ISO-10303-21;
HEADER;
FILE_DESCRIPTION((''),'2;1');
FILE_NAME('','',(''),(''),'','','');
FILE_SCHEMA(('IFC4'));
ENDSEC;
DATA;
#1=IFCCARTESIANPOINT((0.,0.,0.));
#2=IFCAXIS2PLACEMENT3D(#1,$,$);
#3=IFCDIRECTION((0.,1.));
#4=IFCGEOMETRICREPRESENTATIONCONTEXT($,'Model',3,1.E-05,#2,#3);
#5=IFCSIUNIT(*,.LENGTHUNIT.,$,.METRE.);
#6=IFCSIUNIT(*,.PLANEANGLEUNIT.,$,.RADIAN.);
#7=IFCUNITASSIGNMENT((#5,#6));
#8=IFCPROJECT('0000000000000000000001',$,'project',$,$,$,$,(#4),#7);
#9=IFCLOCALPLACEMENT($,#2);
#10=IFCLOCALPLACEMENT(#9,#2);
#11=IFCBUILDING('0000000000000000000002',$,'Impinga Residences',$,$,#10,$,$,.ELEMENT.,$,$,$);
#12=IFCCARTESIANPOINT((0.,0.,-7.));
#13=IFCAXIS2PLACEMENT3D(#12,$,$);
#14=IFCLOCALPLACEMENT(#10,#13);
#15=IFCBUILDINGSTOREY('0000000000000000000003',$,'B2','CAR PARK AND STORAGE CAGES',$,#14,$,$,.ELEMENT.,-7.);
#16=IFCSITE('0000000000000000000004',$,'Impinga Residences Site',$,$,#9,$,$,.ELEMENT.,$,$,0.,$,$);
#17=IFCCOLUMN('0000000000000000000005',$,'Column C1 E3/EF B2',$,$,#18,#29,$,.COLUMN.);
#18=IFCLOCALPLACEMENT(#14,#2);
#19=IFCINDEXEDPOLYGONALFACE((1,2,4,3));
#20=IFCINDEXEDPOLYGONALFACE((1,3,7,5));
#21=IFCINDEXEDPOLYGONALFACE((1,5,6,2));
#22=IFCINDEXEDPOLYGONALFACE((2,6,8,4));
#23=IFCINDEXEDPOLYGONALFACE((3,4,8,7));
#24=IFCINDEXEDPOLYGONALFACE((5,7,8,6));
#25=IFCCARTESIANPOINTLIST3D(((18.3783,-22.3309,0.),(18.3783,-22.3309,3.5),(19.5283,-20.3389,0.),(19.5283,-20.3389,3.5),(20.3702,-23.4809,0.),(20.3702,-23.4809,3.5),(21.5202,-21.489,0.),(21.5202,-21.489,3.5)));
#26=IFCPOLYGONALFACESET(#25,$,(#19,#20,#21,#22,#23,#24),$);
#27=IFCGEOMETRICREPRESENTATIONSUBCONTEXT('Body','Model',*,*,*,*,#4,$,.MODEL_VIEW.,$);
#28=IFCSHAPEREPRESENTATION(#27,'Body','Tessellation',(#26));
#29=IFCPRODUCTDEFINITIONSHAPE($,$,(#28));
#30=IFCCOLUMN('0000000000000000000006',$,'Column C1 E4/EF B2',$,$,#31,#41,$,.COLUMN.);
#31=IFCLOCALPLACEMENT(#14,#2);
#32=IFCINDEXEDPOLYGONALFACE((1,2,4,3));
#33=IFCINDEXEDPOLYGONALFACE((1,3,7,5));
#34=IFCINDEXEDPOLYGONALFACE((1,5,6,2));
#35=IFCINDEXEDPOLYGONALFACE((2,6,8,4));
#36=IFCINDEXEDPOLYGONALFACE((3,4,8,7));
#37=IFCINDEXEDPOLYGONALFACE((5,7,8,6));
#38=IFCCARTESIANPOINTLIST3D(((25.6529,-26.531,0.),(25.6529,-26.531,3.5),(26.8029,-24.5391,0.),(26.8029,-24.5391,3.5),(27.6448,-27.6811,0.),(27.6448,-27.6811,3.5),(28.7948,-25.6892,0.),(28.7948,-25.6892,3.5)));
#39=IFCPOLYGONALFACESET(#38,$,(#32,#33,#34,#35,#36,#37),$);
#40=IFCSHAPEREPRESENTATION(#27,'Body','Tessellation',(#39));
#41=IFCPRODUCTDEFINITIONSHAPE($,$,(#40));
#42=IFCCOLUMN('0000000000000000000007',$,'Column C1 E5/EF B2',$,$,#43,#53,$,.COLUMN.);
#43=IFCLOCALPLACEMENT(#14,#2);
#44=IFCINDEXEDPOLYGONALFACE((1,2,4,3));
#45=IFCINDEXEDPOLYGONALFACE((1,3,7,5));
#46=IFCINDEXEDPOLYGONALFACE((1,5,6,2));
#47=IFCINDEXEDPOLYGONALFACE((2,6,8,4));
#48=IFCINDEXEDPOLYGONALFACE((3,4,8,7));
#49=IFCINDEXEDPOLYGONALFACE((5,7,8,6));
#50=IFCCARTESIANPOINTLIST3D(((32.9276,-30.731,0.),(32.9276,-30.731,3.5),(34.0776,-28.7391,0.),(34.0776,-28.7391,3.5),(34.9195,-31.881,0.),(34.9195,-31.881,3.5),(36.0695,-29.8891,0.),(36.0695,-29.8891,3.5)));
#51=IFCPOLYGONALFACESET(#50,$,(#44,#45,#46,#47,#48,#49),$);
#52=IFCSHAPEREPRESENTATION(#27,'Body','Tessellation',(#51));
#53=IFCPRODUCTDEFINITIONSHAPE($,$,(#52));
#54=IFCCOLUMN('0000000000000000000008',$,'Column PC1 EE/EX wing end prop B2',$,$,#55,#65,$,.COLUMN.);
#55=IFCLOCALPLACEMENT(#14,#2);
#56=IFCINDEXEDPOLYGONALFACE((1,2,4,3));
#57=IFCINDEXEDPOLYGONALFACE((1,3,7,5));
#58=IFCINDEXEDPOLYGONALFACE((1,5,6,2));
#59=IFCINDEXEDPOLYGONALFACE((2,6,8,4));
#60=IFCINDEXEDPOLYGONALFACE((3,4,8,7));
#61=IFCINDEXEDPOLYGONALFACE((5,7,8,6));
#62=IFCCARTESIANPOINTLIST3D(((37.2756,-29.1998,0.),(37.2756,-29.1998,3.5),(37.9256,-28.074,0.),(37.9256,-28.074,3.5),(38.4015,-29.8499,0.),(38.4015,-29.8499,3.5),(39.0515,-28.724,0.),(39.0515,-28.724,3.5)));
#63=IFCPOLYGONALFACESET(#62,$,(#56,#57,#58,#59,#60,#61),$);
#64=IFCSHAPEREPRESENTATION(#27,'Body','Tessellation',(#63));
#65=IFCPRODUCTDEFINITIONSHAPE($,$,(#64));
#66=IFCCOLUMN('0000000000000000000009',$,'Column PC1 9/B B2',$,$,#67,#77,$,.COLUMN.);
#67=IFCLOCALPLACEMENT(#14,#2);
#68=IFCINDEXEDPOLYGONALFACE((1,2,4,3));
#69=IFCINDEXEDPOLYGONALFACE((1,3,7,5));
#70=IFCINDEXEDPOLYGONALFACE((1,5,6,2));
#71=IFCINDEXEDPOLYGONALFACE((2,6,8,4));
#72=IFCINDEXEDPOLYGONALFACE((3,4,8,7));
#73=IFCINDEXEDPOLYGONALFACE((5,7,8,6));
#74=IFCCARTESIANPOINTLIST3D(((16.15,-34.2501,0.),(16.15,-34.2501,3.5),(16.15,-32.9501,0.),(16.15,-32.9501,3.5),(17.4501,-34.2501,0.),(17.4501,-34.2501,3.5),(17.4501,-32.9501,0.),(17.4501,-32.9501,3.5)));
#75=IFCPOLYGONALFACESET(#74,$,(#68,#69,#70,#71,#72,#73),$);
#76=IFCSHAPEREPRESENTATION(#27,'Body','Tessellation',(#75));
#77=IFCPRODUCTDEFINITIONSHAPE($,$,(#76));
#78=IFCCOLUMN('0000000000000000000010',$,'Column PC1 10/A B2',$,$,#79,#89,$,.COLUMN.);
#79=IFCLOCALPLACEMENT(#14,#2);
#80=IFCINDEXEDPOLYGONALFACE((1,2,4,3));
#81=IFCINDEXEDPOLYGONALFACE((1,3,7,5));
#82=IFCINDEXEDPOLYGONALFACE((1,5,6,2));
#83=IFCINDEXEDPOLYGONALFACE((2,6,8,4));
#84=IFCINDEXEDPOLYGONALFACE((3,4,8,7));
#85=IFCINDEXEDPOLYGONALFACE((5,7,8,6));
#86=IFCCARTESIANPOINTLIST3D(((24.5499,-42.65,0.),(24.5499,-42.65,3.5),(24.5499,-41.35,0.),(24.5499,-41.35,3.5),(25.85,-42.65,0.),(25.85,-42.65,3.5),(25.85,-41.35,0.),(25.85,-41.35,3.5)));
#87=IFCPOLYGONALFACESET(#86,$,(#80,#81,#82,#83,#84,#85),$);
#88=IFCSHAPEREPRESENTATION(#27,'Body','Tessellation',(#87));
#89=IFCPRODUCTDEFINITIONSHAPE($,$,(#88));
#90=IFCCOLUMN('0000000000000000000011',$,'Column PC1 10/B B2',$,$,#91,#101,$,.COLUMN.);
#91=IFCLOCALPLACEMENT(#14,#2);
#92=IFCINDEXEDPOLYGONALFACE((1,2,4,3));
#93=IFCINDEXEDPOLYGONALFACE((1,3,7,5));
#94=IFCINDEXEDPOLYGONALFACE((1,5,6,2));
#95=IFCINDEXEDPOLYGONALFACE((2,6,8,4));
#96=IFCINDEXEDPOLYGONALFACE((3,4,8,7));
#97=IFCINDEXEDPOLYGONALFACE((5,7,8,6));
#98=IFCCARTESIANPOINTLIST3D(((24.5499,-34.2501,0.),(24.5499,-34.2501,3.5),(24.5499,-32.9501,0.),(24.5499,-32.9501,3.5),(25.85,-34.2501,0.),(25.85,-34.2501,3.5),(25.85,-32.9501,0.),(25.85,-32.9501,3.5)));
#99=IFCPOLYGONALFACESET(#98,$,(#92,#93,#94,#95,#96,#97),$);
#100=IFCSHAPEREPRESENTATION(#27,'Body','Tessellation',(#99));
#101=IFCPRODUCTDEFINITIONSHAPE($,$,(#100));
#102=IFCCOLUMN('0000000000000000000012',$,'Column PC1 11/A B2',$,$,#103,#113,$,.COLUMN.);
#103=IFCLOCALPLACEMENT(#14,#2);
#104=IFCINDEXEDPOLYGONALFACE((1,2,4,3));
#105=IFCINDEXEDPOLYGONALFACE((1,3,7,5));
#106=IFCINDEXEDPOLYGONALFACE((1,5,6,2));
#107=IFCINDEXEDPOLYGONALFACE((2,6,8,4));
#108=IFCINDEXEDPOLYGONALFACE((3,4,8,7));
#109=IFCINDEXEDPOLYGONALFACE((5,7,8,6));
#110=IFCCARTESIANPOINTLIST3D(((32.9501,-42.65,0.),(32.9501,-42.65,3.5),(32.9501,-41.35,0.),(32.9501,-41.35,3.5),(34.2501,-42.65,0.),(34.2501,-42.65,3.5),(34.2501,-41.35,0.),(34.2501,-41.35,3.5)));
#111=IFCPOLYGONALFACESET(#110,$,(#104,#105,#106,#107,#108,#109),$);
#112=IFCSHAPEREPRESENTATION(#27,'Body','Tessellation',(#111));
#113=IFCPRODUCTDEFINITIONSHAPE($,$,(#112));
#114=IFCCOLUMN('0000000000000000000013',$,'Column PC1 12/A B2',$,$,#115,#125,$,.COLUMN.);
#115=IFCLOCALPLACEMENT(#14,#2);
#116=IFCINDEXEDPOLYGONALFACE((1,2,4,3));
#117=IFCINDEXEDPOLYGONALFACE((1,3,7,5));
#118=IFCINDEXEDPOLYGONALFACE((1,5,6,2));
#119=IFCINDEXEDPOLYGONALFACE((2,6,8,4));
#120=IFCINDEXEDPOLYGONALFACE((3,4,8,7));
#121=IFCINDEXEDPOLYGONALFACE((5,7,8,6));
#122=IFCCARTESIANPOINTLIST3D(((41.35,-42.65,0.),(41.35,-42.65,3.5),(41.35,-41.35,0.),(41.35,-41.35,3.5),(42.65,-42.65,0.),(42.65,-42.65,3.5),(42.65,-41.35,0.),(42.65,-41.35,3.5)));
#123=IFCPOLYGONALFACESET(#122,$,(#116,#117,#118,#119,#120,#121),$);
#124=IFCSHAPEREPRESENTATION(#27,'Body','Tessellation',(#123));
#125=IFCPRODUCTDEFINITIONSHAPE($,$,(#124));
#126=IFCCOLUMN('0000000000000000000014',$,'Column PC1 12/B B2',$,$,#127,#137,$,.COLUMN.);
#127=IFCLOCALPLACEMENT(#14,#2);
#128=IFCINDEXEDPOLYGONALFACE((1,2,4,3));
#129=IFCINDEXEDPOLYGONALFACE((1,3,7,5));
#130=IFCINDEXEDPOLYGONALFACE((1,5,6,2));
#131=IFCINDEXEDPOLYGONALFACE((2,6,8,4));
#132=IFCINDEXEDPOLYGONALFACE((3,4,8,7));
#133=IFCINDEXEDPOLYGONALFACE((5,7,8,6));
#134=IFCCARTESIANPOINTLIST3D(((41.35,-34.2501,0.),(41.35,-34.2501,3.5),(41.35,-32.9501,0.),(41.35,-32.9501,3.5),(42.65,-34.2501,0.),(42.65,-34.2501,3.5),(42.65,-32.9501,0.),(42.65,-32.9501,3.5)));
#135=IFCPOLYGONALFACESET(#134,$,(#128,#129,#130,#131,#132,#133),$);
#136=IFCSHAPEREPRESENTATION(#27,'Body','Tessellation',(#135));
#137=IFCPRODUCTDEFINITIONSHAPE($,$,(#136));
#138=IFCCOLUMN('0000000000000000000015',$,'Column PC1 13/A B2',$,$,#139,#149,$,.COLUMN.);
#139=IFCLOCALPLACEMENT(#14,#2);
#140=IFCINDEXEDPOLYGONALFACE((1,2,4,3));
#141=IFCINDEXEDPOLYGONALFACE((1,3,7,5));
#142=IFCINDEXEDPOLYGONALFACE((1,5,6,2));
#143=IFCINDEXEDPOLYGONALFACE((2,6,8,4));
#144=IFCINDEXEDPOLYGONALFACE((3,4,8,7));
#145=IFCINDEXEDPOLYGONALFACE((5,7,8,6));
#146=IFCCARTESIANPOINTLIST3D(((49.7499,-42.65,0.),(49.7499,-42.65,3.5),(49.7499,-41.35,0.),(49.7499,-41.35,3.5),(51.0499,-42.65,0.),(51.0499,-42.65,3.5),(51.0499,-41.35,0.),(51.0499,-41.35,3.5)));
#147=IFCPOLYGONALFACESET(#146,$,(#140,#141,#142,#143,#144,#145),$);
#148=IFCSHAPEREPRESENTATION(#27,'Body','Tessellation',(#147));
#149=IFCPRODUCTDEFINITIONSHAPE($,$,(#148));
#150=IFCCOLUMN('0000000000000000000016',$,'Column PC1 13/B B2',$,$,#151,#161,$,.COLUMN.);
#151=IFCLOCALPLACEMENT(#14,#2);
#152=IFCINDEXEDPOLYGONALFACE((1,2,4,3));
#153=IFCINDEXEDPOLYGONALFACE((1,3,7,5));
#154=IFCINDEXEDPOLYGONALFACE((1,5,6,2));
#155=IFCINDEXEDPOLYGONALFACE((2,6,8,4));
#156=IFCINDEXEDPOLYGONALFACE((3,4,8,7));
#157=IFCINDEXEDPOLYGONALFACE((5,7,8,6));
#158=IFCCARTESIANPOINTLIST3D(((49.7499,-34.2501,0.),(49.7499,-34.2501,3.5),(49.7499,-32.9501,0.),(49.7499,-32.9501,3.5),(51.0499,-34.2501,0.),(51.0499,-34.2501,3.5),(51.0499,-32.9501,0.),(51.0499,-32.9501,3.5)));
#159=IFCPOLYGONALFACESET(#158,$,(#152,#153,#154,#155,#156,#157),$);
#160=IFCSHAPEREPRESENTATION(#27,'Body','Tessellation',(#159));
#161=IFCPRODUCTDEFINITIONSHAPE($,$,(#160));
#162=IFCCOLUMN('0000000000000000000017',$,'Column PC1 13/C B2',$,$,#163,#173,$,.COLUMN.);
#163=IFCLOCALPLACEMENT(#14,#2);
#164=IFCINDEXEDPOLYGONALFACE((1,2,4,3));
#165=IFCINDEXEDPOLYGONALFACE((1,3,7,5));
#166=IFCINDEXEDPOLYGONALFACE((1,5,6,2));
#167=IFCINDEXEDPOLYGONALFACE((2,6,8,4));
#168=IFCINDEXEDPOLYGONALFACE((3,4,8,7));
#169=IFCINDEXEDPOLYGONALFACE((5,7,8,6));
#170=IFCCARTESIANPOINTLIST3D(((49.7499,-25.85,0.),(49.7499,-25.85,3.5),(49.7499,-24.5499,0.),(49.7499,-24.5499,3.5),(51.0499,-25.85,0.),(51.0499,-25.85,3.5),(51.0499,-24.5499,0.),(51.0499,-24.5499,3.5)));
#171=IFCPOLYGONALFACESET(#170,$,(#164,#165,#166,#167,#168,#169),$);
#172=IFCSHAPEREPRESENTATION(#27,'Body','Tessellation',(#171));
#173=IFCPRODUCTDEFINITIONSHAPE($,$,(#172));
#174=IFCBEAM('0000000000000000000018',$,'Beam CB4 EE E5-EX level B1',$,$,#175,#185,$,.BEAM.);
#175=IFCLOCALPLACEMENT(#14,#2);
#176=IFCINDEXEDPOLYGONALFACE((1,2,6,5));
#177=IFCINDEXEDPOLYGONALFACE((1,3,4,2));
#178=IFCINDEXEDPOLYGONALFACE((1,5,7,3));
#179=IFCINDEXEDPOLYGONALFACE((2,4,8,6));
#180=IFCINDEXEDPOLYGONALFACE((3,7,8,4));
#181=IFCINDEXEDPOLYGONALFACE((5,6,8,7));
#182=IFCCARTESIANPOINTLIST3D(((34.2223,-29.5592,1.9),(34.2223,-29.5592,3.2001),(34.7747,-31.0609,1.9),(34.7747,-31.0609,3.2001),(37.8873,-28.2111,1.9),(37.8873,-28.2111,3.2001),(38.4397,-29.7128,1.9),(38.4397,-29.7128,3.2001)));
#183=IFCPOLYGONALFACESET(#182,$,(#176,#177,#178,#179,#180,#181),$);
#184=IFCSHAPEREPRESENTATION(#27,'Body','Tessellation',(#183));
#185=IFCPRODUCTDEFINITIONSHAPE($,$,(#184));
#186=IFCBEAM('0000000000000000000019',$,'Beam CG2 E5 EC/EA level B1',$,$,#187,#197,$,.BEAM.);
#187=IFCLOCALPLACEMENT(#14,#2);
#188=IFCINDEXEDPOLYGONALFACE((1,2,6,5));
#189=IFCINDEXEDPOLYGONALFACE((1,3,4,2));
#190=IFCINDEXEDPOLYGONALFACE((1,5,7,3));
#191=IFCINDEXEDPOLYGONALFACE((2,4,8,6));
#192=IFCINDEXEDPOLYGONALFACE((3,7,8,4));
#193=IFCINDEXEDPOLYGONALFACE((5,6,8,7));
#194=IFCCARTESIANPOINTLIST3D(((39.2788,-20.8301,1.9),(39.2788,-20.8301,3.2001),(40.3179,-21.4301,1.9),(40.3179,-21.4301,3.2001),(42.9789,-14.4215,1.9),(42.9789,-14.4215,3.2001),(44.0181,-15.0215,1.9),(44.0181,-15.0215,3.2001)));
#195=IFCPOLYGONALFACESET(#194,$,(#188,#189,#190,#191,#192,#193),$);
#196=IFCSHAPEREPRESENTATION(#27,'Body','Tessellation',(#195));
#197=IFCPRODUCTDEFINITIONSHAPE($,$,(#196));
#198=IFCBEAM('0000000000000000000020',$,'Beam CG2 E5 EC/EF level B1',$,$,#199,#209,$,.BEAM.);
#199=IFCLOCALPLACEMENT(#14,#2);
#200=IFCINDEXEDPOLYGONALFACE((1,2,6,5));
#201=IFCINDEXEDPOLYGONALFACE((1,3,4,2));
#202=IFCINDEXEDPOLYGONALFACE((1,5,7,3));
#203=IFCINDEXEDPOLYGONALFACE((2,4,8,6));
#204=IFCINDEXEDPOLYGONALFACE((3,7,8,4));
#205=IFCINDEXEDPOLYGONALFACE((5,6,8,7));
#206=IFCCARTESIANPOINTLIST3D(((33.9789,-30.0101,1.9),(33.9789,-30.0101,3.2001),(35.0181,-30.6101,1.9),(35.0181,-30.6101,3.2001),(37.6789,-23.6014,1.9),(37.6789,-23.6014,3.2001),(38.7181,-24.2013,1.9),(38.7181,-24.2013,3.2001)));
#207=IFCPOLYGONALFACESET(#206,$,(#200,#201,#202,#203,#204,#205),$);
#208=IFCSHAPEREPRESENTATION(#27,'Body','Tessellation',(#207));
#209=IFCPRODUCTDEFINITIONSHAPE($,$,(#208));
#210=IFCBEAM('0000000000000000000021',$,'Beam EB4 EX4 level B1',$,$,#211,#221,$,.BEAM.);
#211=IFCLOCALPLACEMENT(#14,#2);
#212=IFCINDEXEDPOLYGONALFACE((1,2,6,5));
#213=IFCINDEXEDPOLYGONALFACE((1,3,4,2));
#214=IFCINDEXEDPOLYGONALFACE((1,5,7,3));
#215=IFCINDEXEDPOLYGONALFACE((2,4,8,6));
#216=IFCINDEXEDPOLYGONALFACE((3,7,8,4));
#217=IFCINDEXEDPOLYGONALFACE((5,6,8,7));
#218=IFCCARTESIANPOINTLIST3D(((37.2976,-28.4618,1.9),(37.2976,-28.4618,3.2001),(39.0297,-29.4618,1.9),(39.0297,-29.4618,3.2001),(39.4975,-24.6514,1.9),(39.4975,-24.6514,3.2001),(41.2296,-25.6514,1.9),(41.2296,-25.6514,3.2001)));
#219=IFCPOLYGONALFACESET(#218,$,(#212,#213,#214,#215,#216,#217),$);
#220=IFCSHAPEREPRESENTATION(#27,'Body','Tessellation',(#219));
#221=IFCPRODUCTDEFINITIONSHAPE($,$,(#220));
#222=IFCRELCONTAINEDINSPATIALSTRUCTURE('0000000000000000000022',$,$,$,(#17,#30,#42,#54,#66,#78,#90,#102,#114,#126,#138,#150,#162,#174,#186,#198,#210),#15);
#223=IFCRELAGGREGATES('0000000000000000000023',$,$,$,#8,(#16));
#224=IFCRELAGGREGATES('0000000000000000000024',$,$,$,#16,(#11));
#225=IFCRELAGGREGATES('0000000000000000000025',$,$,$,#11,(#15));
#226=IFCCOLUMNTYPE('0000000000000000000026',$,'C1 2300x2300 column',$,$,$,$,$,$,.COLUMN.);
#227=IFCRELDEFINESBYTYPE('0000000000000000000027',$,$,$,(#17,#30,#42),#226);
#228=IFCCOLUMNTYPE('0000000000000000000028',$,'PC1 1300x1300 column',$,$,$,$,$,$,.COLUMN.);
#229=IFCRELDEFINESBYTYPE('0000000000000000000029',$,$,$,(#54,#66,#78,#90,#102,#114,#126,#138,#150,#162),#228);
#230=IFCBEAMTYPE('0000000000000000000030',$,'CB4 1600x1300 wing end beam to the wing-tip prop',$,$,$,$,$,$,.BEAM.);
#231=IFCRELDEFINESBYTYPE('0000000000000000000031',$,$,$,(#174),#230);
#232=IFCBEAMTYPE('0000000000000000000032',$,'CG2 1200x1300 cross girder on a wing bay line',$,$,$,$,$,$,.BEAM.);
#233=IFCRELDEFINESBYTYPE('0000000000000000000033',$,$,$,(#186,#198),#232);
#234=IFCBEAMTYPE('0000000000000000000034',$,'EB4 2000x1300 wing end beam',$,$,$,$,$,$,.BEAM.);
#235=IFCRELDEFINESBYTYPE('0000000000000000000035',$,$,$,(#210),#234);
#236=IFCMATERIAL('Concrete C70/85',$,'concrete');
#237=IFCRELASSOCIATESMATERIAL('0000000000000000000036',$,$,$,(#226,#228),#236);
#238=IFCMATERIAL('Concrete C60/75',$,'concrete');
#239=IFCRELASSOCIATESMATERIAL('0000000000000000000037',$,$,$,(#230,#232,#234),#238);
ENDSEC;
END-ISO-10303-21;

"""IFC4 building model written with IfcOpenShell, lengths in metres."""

from ifc_helpers import new_model, si_unit, direction, frame, origin, origin_2d, place, context, subcontext, project, spatial, rectangle, extrude, material, material_profile, profile_set, type_object, element, save


model = new_model("IFC4")

# Units and contexts
model_context = context("Model", 3, precision=1e-05, world=origin(), true_north=direction((0.0, 1.0)))
body_context = subcontext(model_context, "Body", "Model", "MODEL_VIEW")
ifc_project = project(units=[si_unit("LENGTHUNIT", "METRE"), si_unit("PLANEANGLEUNIT", "RADIAN")], contexts=[model_context])

# Site, building, storey
site_placement = place(None, origin())
site = spatial("IfcSite", under=ifc_project, at=site_placement, Name="Impinga Residences Site", CompositionType="ELEMENT", RefElevation=0.0)
building_placement = place(site_placement, origin())
building = spatial("IfcBuilding", under=site, at=building_placement, Name="Impinga Residences", CompositionType="ELEMENT")
storey_placement = place(building_placement, frame((0.0, 0.0, -7.0)))
storey = spatial("IfcBuildingStorey", under=building, at=storey_placement, Name="B2", Description="CAR PARK AND STORAGE CAGES", CompositionType="ELEMENT", Elevation=-7.0)

# Columns
ifc_material_1 = material(Name="Concrete C70/85", Category="concrete")
ifc_material_profile_1 = material_profile(ifc_material_1, rectangle(XDim=2.3, YDim=2.3, at=origin_2d()), Name="RC 2300x2300")
ifc_profile_set_1 = profile_set([ifc_material_profile_1], Name="Concrete C70/85")
column_type_1 = type_object("IfcColumnType", Name="C1 2300x2300 column", PredefinedType="COLUMN", material=ifc_profile_set_1)
for number, where, z_axis, x_axis, name in (
    (1, (19.9492, -21.9099, 0.0), (0.0, 0.0, 1.0), (-0.5, -0.866025, 0.0), "Column C1 E3/EF B2"),
    (2, (27.2239, -26.1101, 0.0), (0.0, 0.0, 1.0), (-0.5, -0.866025, 0.0), "Column C1 E4/EF B2"),
    (3, (34.4985, -30.3101, 0.0), (0.0, 0.0, 1.0), (-0.5, -0.866025, 0.0), "Column C1 E5/EF B2"),
):
    element("IfcColumn", number, at=place(storey_placement, frame(where, z_axis=z_axis, x_axis=x_axis)), inside=storey, type_object=column_type_1, Name=name, PredefinedType="COLUMN", context=body_context, shape_type="SweptSolid", body=[
        extrude(rectangle(XDim=2.3, YDim=2.3, at=origin_2d()), origin(), (0.0, 0.0, 1.0), 3.5),
    ])
ifc_material_profile_2 = material_profile(ifc_material_1, rectangle(XDim=1.3, YDim=1.3, at=origin_2d()), Name="RC 1300x1300")
ifc_profile_set_2 = profile_set([ifc_material_profile_2], Name="Concrete C70/85")
column_type_2 = type_object("IfcColumnType", Name="PC1 1300x1300 column", PredefinedType="COLUMN", material=ifc_profile_set_2)
for number, where, z_axis, x_axis, name in (
    (4, (38.1636, -28.9619, 0.0), (0.0, 0.0, 1.0), (-0.5, -0.866025, 0.0), "Column PC1 EE/EX wing end prop B2"),
    (5, (16.8, -33.6001, 0.0), (0.0, 0.0, 1.0), (1.0, 0.0, 0.0), "Column PC1 9/B B2"),
    (6, (25.2, -42.0, 0.0), (0.0, 0.0, 1.0), (1.0, 0.0, 0.0), "Column PC1 10/A B2"),
    (7, (25.2, -33.6001, 0.0), (0.0, 0.0, 1.0), (1.0, 0.0, 0.0), "Column PC1 10/B B2"),
    (8, (33.6001, -42.0, 0.0), (0.0, 0.0, 1.0), (1.0, 0.0, 0.0), "Column PC1 11/A B2"),
    (9, (42.0, -42.0, 0.0), (0.0, 0.0, 1.0), (1.0, 0.0, 0.0), "Column PC1 12/A B2"),
    (10, (42.0, -33.6001, 0.0), (0.0, 0.0, 1.0), (1.0, 0.0, 0.0), "Column PC1 12/B B2"),
    (11, (50.3999, -42.0, 0.0), (0.0, 0.0, 1.0), (1.0, 0.0, 0.0), "Column PC1 13/A B2"),
    (12, (50.3999, -33.6001, 0.0), (0.0, 0.0, 1.0), (1.0, 0.0, 0.0), "Column PC1 13/B B2"),
    (13, (50.3999, -25.2, 0.0), (0.0, 0.0, 1.0), (1.0, 0.0, 0.0), "Column PC1 13/C B2"),
):
    element("IfcColumn", number, at=place(storey_placement, frame(where, z_axis=z_axis, x_axis=x_axis)), inside=storey, type_object=column_type_2, Name=name, PredefinedType="COLUMN", context=body_context, shape_type="SweptSolid", body=[
        extrude(rectangle(XDim=1.3, YDim=1.3, at=origin_2d()), origin(), (0.0, 0.0, 1.0), 3.5),
    ])

# Beams
ifc_material_2 = material(Name="Concrete C60/75", Category="concrete")
ifc_material_profile_3 = material_profile(ifc_material_2, rectangle(XDim=1.6001, YDim=1.3, at=origin_2d()), Name="RC 1600x1300")
ifc_profile_set_3 = profile_set([ifc_material_profile_3], Name="Concrete C60/75")
beam_type_1 = type_object("IfcBeamType", Name="CB4 1600x1300 wing end beam to the wing-tip prop", PredefinedType="BEAM", material=ifc_profile_set_3)
beam_1_placement = place(storey_placement, frame((34.4985, -30.3101, 2.55), z_axis=(0.93852, 0.345224, 0.0), x_axis=(-0.345224, 0.93852, 0.0)))
element("IfcBeam", 14, at=beam_1_placement, inside=storey, type_object=beam_type_1, Name="Beam CB4 EE E5-EX level B1", PredefinedType="BEAM", context=body_context, shape_type="SweptSolid", body=[
    extrude(rectangle(XDim=1.6001, YDim=1.3, at=origin_2d()), origin(), (0.0, 0.0, 1.0), 3.905),
])
ifc_material_profile_4 = material_profile(ifc_material_2, rectangle(XDim=1.2, YDim=1.3, at=origin_2d()), Name="RC 1200x1300")
ifc_profile_set_4 = profile_set([ifc_material_profile_4], Name="Concrete C60/75")
beam_type_2 = type_object("IfcBeamType", Name="CG2 1200x1300 cross girder on a wing bay line", PredefinedType="BEAM", material=ifc_profile_set_4)
for number, where, z_axis, x_axis, name in (
    (15, (39.7983, -21.1301, 2.55), (0.500014, 0.866017, 0.0), (-0.866017, 0.500014, 0.0), "Beam CG2 E5 EC/EA level B1"),
    (16, (38.1985, -23.9014, 2.55), (-0.499989, -0.866032, 0.0), (0.866032, -0.499989, 0.0), "Beam CG2 E5 EC/EF level B1"),
):
    element("IfcBeam", number, at=place(storey_placement, frame(where, z_axis=z_axis, x_axis=x_axis)), inside=storey, type_object=beam_type_2, Name=name, PredefinedType="BEAM", context=body_context, shape_type="SweptSolid", body=[
        extrude(rectangle(XDim=1.2, YDim=1.3, at=origin_2d()), origin(), (0.0, 0.0, 1.0), 7.4001),
    ])
ifc_material_profile_5 = material_profile(ifc_material_2, rectangle(XDim=2.0, YDim=1.3, at=origin_2d()), Name="RC 2000x1300")
ifc_profile_set_5 = profile_set([ifc_material_profile_5], Name="Concrete C60/75")
beam_type_3 = type_object("IfcBeamType", Name="EB4 2000x1300 wing end beam", PredefinedType="BEAM", material=ifc_profile_set_5)
beam_2_placement = place(storey_placement, frame((40.3635, -25.1514, 2.55), z_axis=(-0.499988, -0.866032, 0.0), x_axis=(0.866032, -0.499988, 0.0)))
element("IfcBeam", 17, at=beam_2_placement, inside=storey, type_object=beam_type_3, Name="Beam EB4 EX4 level B1", PredefinedType="BEAM", context=body_context, shape_type="SweptSolid", body=[
    extrude(rectangle(XDim=2.0, YDim=1.3, at=origin_2d()), origin(), (0.0, 0.0, 1.0), 4.3999),
])

save(model, "model.ifc")
